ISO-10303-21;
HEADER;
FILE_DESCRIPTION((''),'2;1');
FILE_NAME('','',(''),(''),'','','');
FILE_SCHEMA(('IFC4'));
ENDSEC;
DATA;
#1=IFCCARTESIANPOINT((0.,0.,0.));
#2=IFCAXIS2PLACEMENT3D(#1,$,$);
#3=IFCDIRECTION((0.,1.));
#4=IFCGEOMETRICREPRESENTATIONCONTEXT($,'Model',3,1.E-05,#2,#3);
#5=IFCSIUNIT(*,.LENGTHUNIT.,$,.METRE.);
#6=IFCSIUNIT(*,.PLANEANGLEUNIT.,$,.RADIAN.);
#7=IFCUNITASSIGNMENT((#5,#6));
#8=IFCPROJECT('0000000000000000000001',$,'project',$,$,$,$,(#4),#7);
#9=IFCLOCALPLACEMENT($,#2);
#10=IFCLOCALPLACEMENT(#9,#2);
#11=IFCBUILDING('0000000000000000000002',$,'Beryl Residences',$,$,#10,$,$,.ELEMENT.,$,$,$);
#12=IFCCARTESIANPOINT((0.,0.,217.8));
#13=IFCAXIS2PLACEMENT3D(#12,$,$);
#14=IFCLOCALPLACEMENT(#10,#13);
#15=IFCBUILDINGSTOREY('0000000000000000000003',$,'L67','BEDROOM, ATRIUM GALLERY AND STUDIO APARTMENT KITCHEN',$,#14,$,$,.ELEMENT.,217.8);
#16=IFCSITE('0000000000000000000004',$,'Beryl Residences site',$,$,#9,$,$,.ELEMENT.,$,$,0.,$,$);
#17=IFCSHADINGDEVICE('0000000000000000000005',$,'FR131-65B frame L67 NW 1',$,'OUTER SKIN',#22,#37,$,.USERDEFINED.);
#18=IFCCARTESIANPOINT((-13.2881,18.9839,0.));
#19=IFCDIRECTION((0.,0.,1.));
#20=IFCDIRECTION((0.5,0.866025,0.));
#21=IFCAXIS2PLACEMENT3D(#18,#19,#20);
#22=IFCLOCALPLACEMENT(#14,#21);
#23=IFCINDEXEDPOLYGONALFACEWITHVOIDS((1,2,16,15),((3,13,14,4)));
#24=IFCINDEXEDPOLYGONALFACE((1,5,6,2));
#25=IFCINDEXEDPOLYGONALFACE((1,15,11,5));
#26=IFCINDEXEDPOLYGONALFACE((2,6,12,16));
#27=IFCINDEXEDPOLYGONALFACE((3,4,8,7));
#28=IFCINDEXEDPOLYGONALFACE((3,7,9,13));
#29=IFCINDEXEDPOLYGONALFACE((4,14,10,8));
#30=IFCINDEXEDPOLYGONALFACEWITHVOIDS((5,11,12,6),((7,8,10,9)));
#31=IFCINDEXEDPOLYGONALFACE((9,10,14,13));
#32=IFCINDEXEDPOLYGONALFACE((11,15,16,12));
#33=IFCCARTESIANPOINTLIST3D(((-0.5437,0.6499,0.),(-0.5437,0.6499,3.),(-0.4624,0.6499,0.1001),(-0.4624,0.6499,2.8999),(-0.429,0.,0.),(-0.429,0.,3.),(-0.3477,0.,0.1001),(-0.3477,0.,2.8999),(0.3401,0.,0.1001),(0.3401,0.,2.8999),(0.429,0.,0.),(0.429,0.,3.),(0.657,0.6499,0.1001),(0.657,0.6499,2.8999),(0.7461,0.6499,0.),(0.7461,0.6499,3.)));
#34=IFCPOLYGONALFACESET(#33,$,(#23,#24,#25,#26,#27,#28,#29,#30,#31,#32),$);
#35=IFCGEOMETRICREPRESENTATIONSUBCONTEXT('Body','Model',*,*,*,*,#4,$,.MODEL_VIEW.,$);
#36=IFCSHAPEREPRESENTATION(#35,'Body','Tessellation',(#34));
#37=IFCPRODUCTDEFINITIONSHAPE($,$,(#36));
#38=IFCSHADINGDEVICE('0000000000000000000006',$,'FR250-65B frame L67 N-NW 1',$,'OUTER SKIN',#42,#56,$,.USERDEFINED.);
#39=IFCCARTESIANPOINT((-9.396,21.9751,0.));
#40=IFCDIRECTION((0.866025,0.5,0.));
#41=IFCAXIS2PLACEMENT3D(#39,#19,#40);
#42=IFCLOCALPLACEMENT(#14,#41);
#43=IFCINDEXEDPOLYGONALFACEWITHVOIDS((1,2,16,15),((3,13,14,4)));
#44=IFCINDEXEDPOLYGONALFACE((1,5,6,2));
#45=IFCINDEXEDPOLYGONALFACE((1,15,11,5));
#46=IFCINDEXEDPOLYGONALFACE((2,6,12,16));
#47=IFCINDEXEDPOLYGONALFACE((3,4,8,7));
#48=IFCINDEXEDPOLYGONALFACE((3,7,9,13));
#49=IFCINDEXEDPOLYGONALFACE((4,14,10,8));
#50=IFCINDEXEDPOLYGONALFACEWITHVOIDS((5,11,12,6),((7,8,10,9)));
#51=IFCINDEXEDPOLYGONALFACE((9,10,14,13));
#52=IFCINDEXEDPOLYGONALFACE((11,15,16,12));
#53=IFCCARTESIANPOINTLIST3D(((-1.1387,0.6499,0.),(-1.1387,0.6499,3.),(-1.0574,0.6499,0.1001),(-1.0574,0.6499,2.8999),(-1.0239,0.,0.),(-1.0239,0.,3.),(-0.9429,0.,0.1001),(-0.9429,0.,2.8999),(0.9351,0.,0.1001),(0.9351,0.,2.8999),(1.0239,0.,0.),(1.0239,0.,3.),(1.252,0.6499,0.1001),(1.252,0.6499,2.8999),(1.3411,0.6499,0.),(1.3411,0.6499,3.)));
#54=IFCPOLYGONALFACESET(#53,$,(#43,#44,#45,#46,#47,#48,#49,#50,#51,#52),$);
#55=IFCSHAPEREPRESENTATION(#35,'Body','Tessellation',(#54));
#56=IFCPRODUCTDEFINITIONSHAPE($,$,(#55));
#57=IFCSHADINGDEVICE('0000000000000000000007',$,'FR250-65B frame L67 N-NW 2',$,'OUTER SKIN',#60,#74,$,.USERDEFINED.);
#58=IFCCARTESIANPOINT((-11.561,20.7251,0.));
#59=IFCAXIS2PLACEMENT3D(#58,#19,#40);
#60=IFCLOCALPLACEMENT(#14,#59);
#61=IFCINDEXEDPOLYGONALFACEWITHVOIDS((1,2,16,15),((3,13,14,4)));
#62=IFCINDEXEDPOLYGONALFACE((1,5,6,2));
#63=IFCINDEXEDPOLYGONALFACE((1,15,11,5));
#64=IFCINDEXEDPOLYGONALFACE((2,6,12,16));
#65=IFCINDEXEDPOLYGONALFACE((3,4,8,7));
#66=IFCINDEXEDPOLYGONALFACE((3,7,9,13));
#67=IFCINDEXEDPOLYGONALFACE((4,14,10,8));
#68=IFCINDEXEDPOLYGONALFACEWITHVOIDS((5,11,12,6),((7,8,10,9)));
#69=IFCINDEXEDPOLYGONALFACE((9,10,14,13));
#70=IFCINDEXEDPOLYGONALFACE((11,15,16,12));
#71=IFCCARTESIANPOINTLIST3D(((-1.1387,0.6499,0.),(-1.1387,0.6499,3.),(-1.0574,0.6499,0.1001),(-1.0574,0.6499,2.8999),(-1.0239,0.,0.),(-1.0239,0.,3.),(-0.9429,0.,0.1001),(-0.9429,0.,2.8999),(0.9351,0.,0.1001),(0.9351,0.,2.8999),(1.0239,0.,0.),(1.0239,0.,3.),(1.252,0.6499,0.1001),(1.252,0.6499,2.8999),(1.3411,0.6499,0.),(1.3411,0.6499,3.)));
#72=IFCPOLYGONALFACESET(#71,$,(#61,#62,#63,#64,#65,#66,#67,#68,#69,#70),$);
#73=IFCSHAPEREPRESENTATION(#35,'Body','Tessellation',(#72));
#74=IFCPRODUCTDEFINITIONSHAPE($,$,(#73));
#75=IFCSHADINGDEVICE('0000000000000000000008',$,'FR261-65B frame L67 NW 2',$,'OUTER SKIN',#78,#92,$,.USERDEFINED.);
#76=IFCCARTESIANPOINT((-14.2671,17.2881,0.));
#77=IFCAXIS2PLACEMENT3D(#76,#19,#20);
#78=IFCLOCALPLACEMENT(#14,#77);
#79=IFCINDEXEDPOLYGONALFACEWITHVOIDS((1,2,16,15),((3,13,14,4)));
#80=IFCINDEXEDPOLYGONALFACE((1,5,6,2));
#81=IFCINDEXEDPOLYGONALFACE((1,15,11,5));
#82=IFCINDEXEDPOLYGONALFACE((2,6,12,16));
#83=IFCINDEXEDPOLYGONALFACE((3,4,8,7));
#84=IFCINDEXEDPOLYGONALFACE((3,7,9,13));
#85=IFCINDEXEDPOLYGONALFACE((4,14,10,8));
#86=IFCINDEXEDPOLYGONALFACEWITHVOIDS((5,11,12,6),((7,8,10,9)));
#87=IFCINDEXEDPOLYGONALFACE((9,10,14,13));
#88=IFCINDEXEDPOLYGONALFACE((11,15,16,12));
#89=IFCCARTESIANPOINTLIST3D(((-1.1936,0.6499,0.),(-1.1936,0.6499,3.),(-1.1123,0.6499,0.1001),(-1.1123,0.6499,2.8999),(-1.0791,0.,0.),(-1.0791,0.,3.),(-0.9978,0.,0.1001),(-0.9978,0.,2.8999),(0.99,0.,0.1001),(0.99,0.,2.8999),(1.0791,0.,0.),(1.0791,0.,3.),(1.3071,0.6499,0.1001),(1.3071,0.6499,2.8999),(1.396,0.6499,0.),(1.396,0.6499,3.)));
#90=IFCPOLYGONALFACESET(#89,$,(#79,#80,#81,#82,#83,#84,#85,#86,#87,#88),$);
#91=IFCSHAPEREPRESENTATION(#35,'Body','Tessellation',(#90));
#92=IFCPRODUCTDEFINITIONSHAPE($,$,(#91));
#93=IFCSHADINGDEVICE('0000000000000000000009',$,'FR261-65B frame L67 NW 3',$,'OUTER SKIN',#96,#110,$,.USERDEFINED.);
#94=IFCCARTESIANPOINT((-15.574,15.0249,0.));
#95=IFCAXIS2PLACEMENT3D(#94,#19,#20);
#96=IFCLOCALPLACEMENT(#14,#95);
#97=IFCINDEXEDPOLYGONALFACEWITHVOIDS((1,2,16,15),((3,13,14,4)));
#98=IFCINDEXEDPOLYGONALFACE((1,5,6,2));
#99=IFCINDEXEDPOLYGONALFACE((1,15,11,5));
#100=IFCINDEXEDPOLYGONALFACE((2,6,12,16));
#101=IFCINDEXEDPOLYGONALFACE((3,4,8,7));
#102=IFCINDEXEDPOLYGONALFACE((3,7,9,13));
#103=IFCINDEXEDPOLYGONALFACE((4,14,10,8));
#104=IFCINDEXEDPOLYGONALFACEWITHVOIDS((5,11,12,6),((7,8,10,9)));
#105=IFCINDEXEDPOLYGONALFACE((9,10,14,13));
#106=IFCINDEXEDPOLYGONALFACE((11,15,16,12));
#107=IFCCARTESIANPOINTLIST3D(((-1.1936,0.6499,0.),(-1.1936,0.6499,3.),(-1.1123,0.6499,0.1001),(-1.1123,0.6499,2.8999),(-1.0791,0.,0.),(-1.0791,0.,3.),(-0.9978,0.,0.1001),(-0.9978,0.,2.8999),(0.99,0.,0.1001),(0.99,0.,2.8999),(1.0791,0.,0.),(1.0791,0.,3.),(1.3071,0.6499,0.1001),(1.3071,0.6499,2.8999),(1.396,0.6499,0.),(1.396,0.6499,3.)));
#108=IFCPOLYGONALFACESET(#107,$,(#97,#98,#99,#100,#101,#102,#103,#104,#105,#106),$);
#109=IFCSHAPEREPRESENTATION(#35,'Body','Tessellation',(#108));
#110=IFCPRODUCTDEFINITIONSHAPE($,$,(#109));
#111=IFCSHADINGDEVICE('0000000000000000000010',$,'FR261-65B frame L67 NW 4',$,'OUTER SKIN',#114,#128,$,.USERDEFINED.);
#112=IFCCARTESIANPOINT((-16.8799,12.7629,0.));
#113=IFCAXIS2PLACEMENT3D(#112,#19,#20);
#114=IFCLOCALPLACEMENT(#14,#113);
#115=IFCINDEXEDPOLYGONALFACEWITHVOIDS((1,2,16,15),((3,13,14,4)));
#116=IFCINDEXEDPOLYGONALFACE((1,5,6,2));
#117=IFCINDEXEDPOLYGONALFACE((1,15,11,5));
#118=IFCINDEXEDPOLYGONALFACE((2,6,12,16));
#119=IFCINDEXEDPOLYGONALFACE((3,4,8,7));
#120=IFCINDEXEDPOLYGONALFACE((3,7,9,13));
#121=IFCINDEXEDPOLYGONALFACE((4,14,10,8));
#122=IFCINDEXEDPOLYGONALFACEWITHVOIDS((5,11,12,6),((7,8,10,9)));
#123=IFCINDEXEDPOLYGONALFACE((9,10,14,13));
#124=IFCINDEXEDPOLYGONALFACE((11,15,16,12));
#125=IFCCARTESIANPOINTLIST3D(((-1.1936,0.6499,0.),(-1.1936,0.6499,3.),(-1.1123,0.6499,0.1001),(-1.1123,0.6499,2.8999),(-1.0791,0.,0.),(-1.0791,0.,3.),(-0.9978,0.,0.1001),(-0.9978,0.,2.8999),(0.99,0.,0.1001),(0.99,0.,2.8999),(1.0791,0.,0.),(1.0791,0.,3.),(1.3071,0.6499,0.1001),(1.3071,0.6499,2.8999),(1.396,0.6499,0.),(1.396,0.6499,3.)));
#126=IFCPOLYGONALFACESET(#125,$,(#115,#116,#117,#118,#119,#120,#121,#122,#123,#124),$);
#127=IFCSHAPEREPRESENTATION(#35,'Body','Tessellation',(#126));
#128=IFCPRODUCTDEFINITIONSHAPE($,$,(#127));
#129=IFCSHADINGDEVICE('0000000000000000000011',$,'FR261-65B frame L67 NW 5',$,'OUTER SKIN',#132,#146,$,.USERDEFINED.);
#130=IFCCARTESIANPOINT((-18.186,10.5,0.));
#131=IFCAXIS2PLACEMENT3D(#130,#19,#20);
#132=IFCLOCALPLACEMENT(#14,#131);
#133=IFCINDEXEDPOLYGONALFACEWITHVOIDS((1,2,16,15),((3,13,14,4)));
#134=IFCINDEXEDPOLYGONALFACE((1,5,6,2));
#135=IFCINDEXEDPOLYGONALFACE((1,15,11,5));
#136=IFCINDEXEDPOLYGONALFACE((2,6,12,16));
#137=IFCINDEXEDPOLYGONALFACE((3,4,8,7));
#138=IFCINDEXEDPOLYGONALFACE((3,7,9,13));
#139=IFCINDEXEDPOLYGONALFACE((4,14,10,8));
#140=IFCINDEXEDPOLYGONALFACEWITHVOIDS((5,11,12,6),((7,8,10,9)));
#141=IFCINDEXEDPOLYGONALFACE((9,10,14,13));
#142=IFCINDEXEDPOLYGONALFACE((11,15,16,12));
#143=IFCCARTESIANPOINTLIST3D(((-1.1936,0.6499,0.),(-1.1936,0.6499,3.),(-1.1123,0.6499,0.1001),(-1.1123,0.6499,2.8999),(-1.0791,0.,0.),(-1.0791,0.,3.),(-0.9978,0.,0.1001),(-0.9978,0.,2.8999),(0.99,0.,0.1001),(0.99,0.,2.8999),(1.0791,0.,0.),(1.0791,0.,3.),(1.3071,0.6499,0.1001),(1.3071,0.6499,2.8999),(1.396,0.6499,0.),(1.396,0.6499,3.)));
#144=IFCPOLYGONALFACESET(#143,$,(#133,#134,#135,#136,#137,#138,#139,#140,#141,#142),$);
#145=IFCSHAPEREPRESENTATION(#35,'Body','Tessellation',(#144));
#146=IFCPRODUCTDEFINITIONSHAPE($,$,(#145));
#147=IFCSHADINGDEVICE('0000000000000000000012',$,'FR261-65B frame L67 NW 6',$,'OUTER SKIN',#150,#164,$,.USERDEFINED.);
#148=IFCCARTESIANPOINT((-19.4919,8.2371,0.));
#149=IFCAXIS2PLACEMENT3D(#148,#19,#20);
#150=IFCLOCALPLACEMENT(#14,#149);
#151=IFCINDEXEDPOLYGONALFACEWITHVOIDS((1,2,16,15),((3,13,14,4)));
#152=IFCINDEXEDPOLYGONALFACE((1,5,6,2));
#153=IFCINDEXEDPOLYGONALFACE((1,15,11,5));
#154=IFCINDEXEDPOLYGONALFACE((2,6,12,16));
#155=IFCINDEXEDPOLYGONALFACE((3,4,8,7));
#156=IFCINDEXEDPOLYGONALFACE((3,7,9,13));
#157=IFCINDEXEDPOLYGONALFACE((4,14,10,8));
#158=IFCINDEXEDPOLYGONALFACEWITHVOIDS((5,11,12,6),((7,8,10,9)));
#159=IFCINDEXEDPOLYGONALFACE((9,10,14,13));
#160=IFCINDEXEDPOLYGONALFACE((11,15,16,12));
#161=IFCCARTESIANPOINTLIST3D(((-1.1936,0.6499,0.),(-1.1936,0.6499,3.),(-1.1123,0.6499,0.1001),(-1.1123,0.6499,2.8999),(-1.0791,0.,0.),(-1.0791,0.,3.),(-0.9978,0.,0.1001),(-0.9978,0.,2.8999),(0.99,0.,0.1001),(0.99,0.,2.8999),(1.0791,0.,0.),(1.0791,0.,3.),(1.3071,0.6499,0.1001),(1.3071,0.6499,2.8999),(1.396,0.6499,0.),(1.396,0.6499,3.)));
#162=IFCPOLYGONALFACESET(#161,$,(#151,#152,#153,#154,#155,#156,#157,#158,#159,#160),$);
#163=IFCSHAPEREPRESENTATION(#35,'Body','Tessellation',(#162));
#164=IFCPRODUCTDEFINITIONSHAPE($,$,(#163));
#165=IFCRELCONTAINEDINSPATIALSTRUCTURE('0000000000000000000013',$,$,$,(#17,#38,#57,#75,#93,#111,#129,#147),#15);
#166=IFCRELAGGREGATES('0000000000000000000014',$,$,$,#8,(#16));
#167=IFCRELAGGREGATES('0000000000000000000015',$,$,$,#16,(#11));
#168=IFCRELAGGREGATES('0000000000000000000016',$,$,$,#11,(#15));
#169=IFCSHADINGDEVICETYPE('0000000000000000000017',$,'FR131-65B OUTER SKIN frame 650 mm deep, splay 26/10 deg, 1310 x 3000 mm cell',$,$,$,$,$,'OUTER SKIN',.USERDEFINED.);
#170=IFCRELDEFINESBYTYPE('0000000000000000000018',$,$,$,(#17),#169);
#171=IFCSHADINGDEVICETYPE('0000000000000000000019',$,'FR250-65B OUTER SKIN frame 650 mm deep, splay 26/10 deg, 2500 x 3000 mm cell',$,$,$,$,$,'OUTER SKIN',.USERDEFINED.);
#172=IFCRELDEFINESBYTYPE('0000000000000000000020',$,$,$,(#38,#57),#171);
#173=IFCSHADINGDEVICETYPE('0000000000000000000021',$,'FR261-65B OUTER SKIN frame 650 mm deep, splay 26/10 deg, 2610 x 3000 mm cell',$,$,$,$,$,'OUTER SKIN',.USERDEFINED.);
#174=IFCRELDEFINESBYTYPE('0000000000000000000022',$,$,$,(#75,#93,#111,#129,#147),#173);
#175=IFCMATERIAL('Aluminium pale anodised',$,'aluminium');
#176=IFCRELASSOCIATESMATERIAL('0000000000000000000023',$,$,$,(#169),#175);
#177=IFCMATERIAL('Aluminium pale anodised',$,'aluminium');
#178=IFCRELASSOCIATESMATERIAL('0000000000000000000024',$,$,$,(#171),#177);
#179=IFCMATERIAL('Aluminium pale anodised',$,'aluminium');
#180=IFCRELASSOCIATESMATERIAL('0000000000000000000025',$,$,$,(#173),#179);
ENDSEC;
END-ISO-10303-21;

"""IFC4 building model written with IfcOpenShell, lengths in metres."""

from ifc_helpers import new_model, entity, si_unit, direction, frame, origin, place, context, subcontext, project, spatial, source, transform, mapped, material, type_object, type_shapes, element, save


model = new_model("IFC4")

# Units and contexts
model_context = context("Model", 3, precision=1e-05, world=origin(), true_north=direction((0.0, 1.0)))
body_context = subcontext(model_context, "Body", "Model", "MODEL_VIEW")
ifc_project = project(units=[si_unit("LENGTHUNIT", "METRE"), si_unit("PLANEANGLEUNIT", "RADIAN")], contexts=[model_context])

# Site, building, storey
site_placement = place(None, origin())
site = spatial("IfcSite", under=ifc_project, at=site_placement, Name="Beryl Residences site", CompositionType="ELEMENT", RefElevation=0.0)
building_placement = place(site_placement, origin())
building = spatial("IfcBuilding", under=site, at=building_placement, Name="Beryl Residences", CompositionType="ELEMENT")
storey_placement = place(building_placement, frame((0.0, 0.0, 217.8)))
storey = spatial("IfcBuildingStorey", under=building, at=storey_placement, Name="L67", Description="BEDROOM, ATRIUM GALLERY AND STUDIO APARTMENT KITCHEN", CompositionType="ELEMENT", Elevation=217.8)

# Shading devices
ifc_material_1 = material(Name="Aluminium pale anodised", Category="aluminium")
shading_device_type_1 = type_object("IfcShadingDeviceType", Name="FR131-65B OUTER SKIN frame 650 mm deep, splay 26/10 deg, 1310 x 3000 mm cell", ElementType="OUTER SKIN", PredefinedType="USERDEFINED", material=ifc_material_1)
cartesian_point_1 = entity("IfcCartesianPoint", [-0.429, 0.0])
cartesian_point_2 = entity("IfcCartesianPoint", [-0.3401, 0.1001])
cartesian_point_3 = entity("IfcCartesianPoint", [-0.7461, 0.0])
cartesian_point_4 = entity("IfcCartesianPoint", [-0.657, 0.1001])
shared_shape_1 = source(origin(), body_context, "Body", "SweptSolid", [
    entity("IfcExtrudedAreaSolidTapered", entity("IfcArbitraryProfileDefWithVoids", "AREA", None, entity("IfcPolyline", [cartesian_point_1, entity("IfcCartesianPoint", [0.429, 0.0]), entity("IfcCartesianPoint", [0.429, 3.0]), entity("IfcCartesianPoint", [-0.429, 3.0]), cartesian_point_1]), [entity("IfcPolyline", [cartesian_point_2, entity("IfcCartesianPoint", [0.3477, 0.1001]), entity("IfcCartesianPoint", [0.3477, 2.8999]), entity("IfcCartesianPoint", [-0.3401, 2.8999]), cartesian_point_2])]), entity("IfcAxis2Placement3D", entity("IfcCartesianPoint", [0.0, 0.0, 0.0]), entity("IfcDirection", [0.0, 1.0, 0.0]), entity("IfcDirection", [-1.0, 0.0, 0.0])), entity("IfcDirection", [0.0, 0.0, 1.0]), 0.6499, entity("IfcArbitraryProfileDefWithVoids", "AREA", None, entity("IfcPolyline", [cartesian_point_3, entity("IfcCartesianPoint", [0.5437, 0.0]), entity("IfcCartesianPoint", [0.5437, 3.0]), entity("IfcCartesianPoint", [-0.7461, 3.0]), cartesian_point_3]), [entity("IfcPolyline", [cartesian_point_4, entity("IfcCartesianPoint", [0.4624, 0.1001]), entity("IfcCartesianPoint", [0.4624, 2.8999]), entity("IfcCartesianPoint", [-0.657, 2.8999]), cartesian_point_4])])),
])
type_shapes(shading_device_type_1, [shared_shape_1])
shading_device_placement = place(storey_placement, frame((-13.2881, 18.9839, 0.0), z_axis=(0.0, 0.0, 1.0), x_axis=(0.5, 0.866025, 0.0)))
element("IfcShadingDevice", 1, at=shading_device_placement, inside=storey, type_object=shading_device_type_1, Name="FR131-65B frame L67 NW 1", ObjectType="OUTER SKIN", PredefinedType="USERDEFINED", context=body_context, shape_type="MappedRepresentation", body=[
    mapped(shared_shape_1, transform((0.0, 0.0, 0.0))),
])
ifc_material_2 = material(Name="Aluminium pale anodised", Category="aluminium")
shading_device_type_2 = type_object("IfcShadingDeviceType", Name="FR250-65B OUTER SKIN frame 650 mm deep, splay 26/10 deg, 2500 x 3000 mm cell", ElementType="OUTER SKIN", PredefinedType="USERDEFINED", material=ifc_material_2)
cartesian_point_5 = entity("IfcCartesianPoint", [-1.0239, 0.0])
cartesian_point_6 = entity("IfcCartesianPoint", [-0.9351, 0.1001])
cartesian_point_7 = entity("IfcCartesianPoint", [-1.3411, 0.0])
cartesian_point_8 = entity("IfcCartesianPoint", [-1.252, 0.1001])
shared_shape_2 = source(origin(), body_context, "Body", "SweptSolid", [
    entity("IfcExtrudedAreaSolidTapered", entity("IfcArbitraryProfileDefWithVoids", "AREA", None, entity("IfcPolyline", [cartesian_point_5, entity("IfcCartesianPoint", [1.0239, 0.0]), entity("IfcCartesianPoint", [1.0239, 3.0]), entity("IfcCartesianPoint", [-1.0239, 3.0]), cartesian_point_5]), [entity("IfcPolyline", [cartesian_point_6, entity("IfcCartesianPoint", [0.9429, 0.1001]), entity("IfcCartesianPoint", [0.9429, 2.8999]), entity("IfcCartesianPoint", [-0.9351, 2.8999]), cartesian_point_6])]), entity("IfcAxis2Placement3D", entity("IfcCartesianPoint", [0.0, 0.0, 0.0]), entity("IfcDirection", [0.0, 1.0, 0.0]), entity("IfcDirection", [-1.0, 0.0, 0.0])), entity("IfcDirection", [0.0, 0.0, 1.0]), 0.6499, entity("IfcArbitraryProfileDefWithVoids", "AREA", None, entity("IfcPolyline", [cartesian_point_7, entity("IfcCartesianPoint", [1.1387, 0.0]), entity("IfcCartesianPoint", [1.1387, 3.0]), entity("IfcCartesianPoint", [-1.3411, 3.0]), cartesian_point_7]), [entity("IfcPolyline", [cartesian_point_8, entity("IfcCartesianPoint", [1.0574, 0.1001]), entity("IfcCartesianPoint", [1.0574, 2.8999]), entity("IfcCartesianPoint", [-1.252, 2.8999]), cartesian_point_8])])),
])
type_shapes(shading_device_type_2, [shared_shape_2])
for number, where, z_axis, x_axis, name in (
    (2, (-9.396, 21.9751, 0.0), (0.0, 0.0, 1.0), (0.866025, 0.5, 0.0), "FR250-65B frame L67 N-NW 1"),
    (3, (-11.561, 20.7251, 0.0), (0.0, 0.0, 1.0), (0.866025, 0.5, 0.0), "FR250-65B frame L67 N-NW 2"),
):
    element("IfcShadingDevice", number, at=place(storey_placement, frame(where, z_axis=z_axis, x_axis=x_axis)), inside=storey, type_object=shading_device_type_2, Name=name, ObjectType="OUTER SKIN", PredefinedType="USERDEFINED", context=body_context, shape_type="MappedRepresentation", body=[
        mapped(shared_shape_2, transform((0.0, 0.0, 0.0))),
    ])
ifc_material_3 = material(Name="Aluminium pale anodised", Category="aluminium")
shading_device_type_3 = type_object("IfcShadingDeviceType", Name="FR261-65B OUTER SKIN frame 650 mm deep, splay 26/10 deg, 2610 x 3000 mm cell", ElementType="OUTER SKIN", PredefinedType="USERDEFINED", material=ifc_material_3)
cartesian_point_9 = entity("IfcCartesianPoint", [-1.0791, 0.0])
cartesian_point_10 = entity("IfcCartesianPoint", [-0.99, 0.1001])
cartesian_point_11 = entity("IfcCartesianPoint", [-1.396, 0.0])
cartesian_point_12 = entity("IfcCartesianPoint", [-1.3071, 0.1001])
shared_shape_3 = source(origin(), body_context, "Body", "SweptSolid", [
    entity("IfcExtrudedAreaSolidTapered", entity("IfcArbitraryProfileDefWithVoids", "AREA", None, entity("IfcPolyline", [cartesian_point_9, entity("IfcCartesianPoint", [1.0791, 0.0]), entity("IfcCartesianPoint", [1.0791, 3.0]), entity("IfcCartesianPoint", [-1.0791, 3.0]), cartesian_point_9]), [entity("IfcPolyline", [cartesian_point_10, entity("IfcCartesianPoint", [0.9978, 0.1001]), entity("IfcCartesianPoint", [0.9978, 2.8999]), entity("IfcCartesianPoint", [-0.99, 2.8999]), cartesian_point_10])]), entity("IfcAxis2Placement3D", entity("IfcCartesianPoint", [0.0, 0.0, 0.0]), entity("IfcDirection", [0.0, 1.0, 0.0]), entity("IfcDirection", [-1.0, 0.0, 0.0])), entity("IfcDirection", [0.0, 0.0, 1.0]), 0.6499, entity("IfcArbitraryProfileDefWithVoids", "AREA", None, entity("IfcPolyline", [cartesian_point_11, entity("IfcCartesianPoint", [1.1936, 0.0]), entity("IfcCartesianPoint", [1.1936, 3.0]), entity("IfcCartesianPoint", [-1.396, 3.0]), cartesian_point_11]), [entity("IfcPolyline", [cartesian_point_12, entity("IfcCartesianPoint", [1.1123, 0.1001]), entity("IfcCartesianPoint", [1.1123, 2.8999]), entity("IfcCartesianPoint", [-1.3071, 2.8999]), cartesian_point_12])])),
])
type_shapes(shading_device_type_3, [shared_shape_3])
for number, where, z_axis, x_axis, name in (
    (4, (-14.2671, 17.2881, 0.0), (0.0, 0.0, 1.0), (0.5, 0.866025, 0.0), "FR261-65B frame L67 NW 2"),
    (5, (-15.574, 15.0249, 0.0), (0.0, 0.0, 1.0), (0.5, 0.866025, 0.0), "FR261-65B frame L67 NW 3"),
    (6, (-16.8799, 12.7629, 0.0), (0.0, 0.0, 1.0), (0.5, 0.866025, 0.0), "FR261-65B frame L67 NW 4"),
    (7, (-18.186, 10.5, 0.0), (0.0, 0.0, 1.0), (0.5, 0.866025, 0.0), "FR261-65B frame L67 NW 5"),
    (8, (-19.4919, 8.2371, 0.0), (0.0, 0.0, 1.0), (0.5, 0.866025, 0.0), "FR261-65B frame L67 NW 6"),
):
    element("IfcShadingDevice", number, at=place(storey_placement, frame(where, z_axis=z_axis, x_axis=x_axis)), inside=storey, type_object=shading_device_type_3, Name=name, ObjectType="OUTER SKIN", PredefinedType="USERDEFINED", context=body_context, shape_type="MappedRepresentation", body=[
        mapped(shared_shape_3, transform((0.0, 0.0, 0.0))),
    ])

save(model, "model.ifc")
